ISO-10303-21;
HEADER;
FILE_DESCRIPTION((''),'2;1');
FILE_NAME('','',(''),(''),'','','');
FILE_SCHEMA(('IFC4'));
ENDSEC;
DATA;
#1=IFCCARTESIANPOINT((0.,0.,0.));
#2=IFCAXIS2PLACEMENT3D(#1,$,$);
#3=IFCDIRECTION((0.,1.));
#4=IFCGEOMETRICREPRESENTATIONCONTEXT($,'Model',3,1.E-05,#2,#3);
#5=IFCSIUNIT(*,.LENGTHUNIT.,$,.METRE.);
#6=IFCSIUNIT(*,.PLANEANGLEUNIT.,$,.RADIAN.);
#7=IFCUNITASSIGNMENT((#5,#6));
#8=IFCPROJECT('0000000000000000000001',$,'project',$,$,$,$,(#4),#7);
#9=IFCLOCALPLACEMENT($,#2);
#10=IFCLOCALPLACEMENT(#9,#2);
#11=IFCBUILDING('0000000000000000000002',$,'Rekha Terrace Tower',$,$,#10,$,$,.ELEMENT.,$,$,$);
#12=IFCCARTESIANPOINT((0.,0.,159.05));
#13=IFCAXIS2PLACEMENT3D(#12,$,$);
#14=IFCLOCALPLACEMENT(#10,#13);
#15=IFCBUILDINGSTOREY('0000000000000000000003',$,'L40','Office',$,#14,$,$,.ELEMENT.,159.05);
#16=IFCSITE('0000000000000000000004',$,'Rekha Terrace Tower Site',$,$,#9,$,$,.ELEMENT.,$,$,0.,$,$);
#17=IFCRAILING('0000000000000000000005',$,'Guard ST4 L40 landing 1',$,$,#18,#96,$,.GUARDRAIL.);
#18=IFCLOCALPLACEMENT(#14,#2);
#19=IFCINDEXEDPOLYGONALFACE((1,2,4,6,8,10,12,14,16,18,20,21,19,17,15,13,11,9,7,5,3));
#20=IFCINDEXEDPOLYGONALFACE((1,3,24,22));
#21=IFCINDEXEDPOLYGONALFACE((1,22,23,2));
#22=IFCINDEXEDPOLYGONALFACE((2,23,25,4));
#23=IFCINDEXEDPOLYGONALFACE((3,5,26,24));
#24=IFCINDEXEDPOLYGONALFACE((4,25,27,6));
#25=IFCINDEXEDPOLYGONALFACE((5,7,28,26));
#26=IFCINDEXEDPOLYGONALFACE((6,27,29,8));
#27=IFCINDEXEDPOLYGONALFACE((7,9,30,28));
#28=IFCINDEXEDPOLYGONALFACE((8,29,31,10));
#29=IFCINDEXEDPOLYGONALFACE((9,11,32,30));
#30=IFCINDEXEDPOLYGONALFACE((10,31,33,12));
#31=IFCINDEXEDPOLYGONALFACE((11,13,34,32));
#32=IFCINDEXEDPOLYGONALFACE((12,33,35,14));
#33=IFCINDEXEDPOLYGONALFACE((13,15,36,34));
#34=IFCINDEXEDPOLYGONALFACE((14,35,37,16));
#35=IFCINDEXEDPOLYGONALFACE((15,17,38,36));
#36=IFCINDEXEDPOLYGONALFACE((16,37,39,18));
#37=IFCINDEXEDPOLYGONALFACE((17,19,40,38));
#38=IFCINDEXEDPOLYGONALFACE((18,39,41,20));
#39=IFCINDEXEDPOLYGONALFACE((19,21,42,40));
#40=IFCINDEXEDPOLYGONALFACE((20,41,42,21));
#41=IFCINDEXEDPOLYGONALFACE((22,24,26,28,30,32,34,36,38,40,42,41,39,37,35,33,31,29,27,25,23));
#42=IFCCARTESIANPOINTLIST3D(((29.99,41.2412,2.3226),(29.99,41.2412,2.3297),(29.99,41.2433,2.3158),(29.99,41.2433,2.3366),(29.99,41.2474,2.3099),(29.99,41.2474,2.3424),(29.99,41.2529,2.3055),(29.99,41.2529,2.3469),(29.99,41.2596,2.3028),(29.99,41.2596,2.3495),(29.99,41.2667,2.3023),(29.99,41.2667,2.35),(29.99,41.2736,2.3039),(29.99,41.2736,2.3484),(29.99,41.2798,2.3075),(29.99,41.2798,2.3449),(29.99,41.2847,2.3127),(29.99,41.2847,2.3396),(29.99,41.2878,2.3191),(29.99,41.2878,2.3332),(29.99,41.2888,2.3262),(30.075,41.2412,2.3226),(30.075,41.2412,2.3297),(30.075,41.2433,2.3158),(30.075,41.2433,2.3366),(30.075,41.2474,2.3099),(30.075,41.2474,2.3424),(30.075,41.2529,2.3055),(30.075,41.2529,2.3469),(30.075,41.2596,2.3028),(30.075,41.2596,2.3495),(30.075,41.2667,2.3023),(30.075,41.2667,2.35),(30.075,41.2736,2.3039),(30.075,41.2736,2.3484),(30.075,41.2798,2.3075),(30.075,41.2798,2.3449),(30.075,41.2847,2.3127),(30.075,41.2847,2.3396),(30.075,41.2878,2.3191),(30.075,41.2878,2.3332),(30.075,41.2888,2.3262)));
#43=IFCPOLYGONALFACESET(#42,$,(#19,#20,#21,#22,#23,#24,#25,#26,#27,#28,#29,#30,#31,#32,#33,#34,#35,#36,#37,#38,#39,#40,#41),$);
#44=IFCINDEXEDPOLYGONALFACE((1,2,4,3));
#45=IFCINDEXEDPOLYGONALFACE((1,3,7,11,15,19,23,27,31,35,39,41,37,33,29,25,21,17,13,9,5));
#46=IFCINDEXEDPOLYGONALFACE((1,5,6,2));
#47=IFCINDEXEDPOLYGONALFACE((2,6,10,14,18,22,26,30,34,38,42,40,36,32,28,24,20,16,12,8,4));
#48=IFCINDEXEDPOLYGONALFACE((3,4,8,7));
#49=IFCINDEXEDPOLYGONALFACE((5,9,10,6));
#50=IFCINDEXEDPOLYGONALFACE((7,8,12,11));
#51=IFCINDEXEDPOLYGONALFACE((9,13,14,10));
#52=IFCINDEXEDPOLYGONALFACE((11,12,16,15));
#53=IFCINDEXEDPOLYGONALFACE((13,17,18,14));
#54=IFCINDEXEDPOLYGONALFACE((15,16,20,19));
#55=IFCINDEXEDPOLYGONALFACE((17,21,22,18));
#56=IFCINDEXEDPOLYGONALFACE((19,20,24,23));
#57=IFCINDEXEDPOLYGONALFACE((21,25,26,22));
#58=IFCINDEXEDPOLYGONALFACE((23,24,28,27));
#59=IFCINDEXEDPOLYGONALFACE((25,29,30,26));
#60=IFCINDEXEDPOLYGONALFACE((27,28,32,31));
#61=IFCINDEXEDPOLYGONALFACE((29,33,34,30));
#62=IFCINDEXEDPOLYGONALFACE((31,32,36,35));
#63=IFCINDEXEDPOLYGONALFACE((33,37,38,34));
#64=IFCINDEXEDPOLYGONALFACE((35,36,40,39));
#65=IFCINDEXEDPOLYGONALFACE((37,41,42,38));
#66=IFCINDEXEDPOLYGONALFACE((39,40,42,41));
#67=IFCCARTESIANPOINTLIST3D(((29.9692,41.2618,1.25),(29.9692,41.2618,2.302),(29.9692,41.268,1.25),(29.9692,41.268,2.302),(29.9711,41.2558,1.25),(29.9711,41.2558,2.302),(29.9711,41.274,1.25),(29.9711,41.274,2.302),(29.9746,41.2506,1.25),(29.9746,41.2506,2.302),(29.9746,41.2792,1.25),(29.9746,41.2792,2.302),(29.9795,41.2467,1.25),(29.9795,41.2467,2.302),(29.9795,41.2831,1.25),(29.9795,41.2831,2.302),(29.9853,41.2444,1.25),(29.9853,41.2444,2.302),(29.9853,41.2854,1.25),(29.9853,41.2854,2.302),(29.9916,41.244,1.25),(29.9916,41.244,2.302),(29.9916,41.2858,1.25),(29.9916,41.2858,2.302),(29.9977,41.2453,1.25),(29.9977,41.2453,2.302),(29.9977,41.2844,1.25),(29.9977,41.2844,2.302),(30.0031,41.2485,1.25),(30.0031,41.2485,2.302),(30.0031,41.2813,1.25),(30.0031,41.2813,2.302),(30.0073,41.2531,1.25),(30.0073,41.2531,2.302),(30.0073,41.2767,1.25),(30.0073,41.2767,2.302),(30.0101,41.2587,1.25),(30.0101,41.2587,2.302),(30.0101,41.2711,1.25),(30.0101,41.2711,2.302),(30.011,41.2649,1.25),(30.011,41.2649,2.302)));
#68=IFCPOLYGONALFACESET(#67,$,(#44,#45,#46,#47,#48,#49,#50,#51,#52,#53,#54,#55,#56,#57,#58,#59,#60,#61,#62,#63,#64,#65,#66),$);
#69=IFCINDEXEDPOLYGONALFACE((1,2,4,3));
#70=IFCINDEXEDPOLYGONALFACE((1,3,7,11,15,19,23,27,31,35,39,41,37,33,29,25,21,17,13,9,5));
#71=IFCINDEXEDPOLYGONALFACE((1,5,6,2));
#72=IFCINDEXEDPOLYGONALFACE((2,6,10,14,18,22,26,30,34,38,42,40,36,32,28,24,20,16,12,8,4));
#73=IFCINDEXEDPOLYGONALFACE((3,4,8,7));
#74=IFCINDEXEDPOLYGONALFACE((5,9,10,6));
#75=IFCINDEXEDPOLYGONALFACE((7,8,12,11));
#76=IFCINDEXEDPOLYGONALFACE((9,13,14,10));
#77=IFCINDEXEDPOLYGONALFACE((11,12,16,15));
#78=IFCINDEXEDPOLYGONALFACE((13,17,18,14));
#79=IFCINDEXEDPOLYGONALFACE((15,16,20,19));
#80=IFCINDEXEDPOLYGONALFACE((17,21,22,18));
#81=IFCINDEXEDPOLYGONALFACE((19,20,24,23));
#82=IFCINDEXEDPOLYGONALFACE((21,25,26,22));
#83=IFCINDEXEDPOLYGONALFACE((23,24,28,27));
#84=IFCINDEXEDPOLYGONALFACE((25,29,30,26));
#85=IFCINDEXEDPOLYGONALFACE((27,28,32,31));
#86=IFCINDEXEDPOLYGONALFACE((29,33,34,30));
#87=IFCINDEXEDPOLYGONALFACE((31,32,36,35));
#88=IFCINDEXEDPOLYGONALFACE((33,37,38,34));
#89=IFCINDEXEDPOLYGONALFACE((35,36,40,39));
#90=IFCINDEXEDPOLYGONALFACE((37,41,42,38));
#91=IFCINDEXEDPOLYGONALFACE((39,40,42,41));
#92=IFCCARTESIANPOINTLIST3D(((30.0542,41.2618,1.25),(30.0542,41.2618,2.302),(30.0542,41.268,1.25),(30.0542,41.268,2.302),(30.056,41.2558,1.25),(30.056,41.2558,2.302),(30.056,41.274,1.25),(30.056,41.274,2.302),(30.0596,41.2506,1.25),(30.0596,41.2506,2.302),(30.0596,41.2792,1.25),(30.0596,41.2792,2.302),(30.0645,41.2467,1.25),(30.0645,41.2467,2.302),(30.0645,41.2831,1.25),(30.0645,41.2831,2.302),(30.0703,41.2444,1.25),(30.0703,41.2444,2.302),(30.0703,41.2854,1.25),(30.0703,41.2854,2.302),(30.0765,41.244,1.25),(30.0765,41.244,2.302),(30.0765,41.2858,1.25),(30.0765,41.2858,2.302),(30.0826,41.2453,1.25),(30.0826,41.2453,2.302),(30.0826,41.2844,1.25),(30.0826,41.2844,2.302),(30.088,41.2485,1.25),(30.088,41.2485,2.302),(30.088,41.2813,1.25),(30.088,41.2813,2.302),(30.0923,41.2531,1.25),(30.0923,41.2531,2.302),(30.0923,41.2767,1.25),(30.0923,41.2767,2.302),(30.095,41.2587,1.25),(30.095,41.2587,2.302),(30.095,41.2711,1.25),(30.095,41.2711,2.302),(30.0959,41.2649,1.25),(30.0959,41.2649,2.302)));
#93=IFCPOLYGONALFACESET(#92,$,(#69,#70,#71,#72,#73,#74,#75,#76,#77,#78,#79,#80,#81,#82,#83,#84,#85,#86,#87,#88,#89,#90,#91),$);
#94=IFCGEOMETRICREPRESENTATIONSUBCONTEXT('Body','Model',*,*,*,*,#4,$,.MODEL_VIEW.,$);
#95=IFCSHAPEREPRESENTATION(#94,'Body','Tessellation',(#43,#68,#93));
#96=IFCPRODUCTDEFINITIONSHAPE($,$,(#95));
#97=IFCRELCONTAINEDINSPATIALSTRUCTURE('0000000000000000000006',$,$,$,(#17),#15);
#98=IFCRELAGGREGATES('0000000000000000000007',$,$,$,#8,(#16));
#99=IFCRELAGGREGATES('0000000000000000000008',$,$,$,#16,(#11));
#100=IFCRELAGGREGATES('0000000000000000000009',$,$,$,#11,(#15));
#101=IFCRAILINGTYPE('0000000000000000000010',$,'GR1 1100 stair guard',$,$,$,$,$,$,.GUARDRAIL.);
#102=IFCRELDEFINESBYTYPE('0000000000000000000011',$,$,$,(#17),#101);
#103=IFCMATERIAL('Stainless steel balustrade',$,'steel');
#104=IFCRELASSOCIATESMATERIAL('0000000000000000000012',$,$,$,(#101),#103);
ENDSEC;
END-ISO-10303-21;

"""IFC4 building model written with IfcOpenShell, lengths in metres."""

from ifc_helpers import new_model, si_unit, direction, frame, origin, origin_2d, place, context, subcontext, project, spatial, circle, extrude, material, type_object, element, save


model = new_model("IFC4")

# Units and contexts
model_context = context("Model", 3, precision=1e-05, world=origin(), true_north=direction((0.0, 1.0)))
body_context = subcontext(model_context, "Body", "Model", "MODEL_VIEW")
ifc_project = project(units=[si_unit("LENGTHUNIT", "METRE"), si_unit("PLANEANGLEUNIT", "RADIAN")], contexts=[model_context])

# Site, building, storey
site_placement = place(None, origin())
site = spatial("IfcSite", under=ifc_project, at=site_placement, Name="Rekha Terrace Tower Site", CompositionType="ELEMENT", RefElevation=0.0)
building_placement = place(site_placement, origin())
building = spatial("IfcBuilding", under=site, at=building_placement, Name="Rekha Terrace Tower", CompositionType="ELEMENT")
storey_placement = place(building_placement, frame((0.0, 0.0, 159.05)))
storey = spatial("IfcBuildingStorey", under=building, at=storey_placement, Name="L40", Description="Office", CompositionType="ELEMENT", Elevation=159.05)

# Railing
ifc_material_1 = material(Name="Stainless steel balustrade", Category="steel")
railing_type_1 = type_object("IfcRailingType", Name="GR1 1100 stair guard", PredefinedType="GUARDRAIL", material=ifc_material_1)
railing_1_placement = place(storey_placement, frame((29.99, 41.2649, 1.25)))
element("IfcRailing", 1, at=railing_1_placement, inside=storey, type_object=railing_type_1, Name="Guard ST4 L40 landing 1", PredefinedType="GUARDRAIL", context=body_context, shape_type="SweptSolid", body=[
    extrude(circle(Radius=0.0239, at=origin_2d()), frame((0.0, 0.0, 1.0762), z_axis=(1.0, 0.0, 0.0), x_axis=(0.0, 1.0, 0.0)), (0.0, 0.0, 1.0), 0.085),
    extrude(circle(Radius=0.021, at=origin_2d()), origin(), (0.0, 0.0, 1.0), 1.052),
    extrude(circle(Radius=0.021, at=origin_2d()), frame((0.085, 0.0, 0.0)), (0.0, 0.0, 1.0), 1.052),
])

save(model, "model.ifc")
